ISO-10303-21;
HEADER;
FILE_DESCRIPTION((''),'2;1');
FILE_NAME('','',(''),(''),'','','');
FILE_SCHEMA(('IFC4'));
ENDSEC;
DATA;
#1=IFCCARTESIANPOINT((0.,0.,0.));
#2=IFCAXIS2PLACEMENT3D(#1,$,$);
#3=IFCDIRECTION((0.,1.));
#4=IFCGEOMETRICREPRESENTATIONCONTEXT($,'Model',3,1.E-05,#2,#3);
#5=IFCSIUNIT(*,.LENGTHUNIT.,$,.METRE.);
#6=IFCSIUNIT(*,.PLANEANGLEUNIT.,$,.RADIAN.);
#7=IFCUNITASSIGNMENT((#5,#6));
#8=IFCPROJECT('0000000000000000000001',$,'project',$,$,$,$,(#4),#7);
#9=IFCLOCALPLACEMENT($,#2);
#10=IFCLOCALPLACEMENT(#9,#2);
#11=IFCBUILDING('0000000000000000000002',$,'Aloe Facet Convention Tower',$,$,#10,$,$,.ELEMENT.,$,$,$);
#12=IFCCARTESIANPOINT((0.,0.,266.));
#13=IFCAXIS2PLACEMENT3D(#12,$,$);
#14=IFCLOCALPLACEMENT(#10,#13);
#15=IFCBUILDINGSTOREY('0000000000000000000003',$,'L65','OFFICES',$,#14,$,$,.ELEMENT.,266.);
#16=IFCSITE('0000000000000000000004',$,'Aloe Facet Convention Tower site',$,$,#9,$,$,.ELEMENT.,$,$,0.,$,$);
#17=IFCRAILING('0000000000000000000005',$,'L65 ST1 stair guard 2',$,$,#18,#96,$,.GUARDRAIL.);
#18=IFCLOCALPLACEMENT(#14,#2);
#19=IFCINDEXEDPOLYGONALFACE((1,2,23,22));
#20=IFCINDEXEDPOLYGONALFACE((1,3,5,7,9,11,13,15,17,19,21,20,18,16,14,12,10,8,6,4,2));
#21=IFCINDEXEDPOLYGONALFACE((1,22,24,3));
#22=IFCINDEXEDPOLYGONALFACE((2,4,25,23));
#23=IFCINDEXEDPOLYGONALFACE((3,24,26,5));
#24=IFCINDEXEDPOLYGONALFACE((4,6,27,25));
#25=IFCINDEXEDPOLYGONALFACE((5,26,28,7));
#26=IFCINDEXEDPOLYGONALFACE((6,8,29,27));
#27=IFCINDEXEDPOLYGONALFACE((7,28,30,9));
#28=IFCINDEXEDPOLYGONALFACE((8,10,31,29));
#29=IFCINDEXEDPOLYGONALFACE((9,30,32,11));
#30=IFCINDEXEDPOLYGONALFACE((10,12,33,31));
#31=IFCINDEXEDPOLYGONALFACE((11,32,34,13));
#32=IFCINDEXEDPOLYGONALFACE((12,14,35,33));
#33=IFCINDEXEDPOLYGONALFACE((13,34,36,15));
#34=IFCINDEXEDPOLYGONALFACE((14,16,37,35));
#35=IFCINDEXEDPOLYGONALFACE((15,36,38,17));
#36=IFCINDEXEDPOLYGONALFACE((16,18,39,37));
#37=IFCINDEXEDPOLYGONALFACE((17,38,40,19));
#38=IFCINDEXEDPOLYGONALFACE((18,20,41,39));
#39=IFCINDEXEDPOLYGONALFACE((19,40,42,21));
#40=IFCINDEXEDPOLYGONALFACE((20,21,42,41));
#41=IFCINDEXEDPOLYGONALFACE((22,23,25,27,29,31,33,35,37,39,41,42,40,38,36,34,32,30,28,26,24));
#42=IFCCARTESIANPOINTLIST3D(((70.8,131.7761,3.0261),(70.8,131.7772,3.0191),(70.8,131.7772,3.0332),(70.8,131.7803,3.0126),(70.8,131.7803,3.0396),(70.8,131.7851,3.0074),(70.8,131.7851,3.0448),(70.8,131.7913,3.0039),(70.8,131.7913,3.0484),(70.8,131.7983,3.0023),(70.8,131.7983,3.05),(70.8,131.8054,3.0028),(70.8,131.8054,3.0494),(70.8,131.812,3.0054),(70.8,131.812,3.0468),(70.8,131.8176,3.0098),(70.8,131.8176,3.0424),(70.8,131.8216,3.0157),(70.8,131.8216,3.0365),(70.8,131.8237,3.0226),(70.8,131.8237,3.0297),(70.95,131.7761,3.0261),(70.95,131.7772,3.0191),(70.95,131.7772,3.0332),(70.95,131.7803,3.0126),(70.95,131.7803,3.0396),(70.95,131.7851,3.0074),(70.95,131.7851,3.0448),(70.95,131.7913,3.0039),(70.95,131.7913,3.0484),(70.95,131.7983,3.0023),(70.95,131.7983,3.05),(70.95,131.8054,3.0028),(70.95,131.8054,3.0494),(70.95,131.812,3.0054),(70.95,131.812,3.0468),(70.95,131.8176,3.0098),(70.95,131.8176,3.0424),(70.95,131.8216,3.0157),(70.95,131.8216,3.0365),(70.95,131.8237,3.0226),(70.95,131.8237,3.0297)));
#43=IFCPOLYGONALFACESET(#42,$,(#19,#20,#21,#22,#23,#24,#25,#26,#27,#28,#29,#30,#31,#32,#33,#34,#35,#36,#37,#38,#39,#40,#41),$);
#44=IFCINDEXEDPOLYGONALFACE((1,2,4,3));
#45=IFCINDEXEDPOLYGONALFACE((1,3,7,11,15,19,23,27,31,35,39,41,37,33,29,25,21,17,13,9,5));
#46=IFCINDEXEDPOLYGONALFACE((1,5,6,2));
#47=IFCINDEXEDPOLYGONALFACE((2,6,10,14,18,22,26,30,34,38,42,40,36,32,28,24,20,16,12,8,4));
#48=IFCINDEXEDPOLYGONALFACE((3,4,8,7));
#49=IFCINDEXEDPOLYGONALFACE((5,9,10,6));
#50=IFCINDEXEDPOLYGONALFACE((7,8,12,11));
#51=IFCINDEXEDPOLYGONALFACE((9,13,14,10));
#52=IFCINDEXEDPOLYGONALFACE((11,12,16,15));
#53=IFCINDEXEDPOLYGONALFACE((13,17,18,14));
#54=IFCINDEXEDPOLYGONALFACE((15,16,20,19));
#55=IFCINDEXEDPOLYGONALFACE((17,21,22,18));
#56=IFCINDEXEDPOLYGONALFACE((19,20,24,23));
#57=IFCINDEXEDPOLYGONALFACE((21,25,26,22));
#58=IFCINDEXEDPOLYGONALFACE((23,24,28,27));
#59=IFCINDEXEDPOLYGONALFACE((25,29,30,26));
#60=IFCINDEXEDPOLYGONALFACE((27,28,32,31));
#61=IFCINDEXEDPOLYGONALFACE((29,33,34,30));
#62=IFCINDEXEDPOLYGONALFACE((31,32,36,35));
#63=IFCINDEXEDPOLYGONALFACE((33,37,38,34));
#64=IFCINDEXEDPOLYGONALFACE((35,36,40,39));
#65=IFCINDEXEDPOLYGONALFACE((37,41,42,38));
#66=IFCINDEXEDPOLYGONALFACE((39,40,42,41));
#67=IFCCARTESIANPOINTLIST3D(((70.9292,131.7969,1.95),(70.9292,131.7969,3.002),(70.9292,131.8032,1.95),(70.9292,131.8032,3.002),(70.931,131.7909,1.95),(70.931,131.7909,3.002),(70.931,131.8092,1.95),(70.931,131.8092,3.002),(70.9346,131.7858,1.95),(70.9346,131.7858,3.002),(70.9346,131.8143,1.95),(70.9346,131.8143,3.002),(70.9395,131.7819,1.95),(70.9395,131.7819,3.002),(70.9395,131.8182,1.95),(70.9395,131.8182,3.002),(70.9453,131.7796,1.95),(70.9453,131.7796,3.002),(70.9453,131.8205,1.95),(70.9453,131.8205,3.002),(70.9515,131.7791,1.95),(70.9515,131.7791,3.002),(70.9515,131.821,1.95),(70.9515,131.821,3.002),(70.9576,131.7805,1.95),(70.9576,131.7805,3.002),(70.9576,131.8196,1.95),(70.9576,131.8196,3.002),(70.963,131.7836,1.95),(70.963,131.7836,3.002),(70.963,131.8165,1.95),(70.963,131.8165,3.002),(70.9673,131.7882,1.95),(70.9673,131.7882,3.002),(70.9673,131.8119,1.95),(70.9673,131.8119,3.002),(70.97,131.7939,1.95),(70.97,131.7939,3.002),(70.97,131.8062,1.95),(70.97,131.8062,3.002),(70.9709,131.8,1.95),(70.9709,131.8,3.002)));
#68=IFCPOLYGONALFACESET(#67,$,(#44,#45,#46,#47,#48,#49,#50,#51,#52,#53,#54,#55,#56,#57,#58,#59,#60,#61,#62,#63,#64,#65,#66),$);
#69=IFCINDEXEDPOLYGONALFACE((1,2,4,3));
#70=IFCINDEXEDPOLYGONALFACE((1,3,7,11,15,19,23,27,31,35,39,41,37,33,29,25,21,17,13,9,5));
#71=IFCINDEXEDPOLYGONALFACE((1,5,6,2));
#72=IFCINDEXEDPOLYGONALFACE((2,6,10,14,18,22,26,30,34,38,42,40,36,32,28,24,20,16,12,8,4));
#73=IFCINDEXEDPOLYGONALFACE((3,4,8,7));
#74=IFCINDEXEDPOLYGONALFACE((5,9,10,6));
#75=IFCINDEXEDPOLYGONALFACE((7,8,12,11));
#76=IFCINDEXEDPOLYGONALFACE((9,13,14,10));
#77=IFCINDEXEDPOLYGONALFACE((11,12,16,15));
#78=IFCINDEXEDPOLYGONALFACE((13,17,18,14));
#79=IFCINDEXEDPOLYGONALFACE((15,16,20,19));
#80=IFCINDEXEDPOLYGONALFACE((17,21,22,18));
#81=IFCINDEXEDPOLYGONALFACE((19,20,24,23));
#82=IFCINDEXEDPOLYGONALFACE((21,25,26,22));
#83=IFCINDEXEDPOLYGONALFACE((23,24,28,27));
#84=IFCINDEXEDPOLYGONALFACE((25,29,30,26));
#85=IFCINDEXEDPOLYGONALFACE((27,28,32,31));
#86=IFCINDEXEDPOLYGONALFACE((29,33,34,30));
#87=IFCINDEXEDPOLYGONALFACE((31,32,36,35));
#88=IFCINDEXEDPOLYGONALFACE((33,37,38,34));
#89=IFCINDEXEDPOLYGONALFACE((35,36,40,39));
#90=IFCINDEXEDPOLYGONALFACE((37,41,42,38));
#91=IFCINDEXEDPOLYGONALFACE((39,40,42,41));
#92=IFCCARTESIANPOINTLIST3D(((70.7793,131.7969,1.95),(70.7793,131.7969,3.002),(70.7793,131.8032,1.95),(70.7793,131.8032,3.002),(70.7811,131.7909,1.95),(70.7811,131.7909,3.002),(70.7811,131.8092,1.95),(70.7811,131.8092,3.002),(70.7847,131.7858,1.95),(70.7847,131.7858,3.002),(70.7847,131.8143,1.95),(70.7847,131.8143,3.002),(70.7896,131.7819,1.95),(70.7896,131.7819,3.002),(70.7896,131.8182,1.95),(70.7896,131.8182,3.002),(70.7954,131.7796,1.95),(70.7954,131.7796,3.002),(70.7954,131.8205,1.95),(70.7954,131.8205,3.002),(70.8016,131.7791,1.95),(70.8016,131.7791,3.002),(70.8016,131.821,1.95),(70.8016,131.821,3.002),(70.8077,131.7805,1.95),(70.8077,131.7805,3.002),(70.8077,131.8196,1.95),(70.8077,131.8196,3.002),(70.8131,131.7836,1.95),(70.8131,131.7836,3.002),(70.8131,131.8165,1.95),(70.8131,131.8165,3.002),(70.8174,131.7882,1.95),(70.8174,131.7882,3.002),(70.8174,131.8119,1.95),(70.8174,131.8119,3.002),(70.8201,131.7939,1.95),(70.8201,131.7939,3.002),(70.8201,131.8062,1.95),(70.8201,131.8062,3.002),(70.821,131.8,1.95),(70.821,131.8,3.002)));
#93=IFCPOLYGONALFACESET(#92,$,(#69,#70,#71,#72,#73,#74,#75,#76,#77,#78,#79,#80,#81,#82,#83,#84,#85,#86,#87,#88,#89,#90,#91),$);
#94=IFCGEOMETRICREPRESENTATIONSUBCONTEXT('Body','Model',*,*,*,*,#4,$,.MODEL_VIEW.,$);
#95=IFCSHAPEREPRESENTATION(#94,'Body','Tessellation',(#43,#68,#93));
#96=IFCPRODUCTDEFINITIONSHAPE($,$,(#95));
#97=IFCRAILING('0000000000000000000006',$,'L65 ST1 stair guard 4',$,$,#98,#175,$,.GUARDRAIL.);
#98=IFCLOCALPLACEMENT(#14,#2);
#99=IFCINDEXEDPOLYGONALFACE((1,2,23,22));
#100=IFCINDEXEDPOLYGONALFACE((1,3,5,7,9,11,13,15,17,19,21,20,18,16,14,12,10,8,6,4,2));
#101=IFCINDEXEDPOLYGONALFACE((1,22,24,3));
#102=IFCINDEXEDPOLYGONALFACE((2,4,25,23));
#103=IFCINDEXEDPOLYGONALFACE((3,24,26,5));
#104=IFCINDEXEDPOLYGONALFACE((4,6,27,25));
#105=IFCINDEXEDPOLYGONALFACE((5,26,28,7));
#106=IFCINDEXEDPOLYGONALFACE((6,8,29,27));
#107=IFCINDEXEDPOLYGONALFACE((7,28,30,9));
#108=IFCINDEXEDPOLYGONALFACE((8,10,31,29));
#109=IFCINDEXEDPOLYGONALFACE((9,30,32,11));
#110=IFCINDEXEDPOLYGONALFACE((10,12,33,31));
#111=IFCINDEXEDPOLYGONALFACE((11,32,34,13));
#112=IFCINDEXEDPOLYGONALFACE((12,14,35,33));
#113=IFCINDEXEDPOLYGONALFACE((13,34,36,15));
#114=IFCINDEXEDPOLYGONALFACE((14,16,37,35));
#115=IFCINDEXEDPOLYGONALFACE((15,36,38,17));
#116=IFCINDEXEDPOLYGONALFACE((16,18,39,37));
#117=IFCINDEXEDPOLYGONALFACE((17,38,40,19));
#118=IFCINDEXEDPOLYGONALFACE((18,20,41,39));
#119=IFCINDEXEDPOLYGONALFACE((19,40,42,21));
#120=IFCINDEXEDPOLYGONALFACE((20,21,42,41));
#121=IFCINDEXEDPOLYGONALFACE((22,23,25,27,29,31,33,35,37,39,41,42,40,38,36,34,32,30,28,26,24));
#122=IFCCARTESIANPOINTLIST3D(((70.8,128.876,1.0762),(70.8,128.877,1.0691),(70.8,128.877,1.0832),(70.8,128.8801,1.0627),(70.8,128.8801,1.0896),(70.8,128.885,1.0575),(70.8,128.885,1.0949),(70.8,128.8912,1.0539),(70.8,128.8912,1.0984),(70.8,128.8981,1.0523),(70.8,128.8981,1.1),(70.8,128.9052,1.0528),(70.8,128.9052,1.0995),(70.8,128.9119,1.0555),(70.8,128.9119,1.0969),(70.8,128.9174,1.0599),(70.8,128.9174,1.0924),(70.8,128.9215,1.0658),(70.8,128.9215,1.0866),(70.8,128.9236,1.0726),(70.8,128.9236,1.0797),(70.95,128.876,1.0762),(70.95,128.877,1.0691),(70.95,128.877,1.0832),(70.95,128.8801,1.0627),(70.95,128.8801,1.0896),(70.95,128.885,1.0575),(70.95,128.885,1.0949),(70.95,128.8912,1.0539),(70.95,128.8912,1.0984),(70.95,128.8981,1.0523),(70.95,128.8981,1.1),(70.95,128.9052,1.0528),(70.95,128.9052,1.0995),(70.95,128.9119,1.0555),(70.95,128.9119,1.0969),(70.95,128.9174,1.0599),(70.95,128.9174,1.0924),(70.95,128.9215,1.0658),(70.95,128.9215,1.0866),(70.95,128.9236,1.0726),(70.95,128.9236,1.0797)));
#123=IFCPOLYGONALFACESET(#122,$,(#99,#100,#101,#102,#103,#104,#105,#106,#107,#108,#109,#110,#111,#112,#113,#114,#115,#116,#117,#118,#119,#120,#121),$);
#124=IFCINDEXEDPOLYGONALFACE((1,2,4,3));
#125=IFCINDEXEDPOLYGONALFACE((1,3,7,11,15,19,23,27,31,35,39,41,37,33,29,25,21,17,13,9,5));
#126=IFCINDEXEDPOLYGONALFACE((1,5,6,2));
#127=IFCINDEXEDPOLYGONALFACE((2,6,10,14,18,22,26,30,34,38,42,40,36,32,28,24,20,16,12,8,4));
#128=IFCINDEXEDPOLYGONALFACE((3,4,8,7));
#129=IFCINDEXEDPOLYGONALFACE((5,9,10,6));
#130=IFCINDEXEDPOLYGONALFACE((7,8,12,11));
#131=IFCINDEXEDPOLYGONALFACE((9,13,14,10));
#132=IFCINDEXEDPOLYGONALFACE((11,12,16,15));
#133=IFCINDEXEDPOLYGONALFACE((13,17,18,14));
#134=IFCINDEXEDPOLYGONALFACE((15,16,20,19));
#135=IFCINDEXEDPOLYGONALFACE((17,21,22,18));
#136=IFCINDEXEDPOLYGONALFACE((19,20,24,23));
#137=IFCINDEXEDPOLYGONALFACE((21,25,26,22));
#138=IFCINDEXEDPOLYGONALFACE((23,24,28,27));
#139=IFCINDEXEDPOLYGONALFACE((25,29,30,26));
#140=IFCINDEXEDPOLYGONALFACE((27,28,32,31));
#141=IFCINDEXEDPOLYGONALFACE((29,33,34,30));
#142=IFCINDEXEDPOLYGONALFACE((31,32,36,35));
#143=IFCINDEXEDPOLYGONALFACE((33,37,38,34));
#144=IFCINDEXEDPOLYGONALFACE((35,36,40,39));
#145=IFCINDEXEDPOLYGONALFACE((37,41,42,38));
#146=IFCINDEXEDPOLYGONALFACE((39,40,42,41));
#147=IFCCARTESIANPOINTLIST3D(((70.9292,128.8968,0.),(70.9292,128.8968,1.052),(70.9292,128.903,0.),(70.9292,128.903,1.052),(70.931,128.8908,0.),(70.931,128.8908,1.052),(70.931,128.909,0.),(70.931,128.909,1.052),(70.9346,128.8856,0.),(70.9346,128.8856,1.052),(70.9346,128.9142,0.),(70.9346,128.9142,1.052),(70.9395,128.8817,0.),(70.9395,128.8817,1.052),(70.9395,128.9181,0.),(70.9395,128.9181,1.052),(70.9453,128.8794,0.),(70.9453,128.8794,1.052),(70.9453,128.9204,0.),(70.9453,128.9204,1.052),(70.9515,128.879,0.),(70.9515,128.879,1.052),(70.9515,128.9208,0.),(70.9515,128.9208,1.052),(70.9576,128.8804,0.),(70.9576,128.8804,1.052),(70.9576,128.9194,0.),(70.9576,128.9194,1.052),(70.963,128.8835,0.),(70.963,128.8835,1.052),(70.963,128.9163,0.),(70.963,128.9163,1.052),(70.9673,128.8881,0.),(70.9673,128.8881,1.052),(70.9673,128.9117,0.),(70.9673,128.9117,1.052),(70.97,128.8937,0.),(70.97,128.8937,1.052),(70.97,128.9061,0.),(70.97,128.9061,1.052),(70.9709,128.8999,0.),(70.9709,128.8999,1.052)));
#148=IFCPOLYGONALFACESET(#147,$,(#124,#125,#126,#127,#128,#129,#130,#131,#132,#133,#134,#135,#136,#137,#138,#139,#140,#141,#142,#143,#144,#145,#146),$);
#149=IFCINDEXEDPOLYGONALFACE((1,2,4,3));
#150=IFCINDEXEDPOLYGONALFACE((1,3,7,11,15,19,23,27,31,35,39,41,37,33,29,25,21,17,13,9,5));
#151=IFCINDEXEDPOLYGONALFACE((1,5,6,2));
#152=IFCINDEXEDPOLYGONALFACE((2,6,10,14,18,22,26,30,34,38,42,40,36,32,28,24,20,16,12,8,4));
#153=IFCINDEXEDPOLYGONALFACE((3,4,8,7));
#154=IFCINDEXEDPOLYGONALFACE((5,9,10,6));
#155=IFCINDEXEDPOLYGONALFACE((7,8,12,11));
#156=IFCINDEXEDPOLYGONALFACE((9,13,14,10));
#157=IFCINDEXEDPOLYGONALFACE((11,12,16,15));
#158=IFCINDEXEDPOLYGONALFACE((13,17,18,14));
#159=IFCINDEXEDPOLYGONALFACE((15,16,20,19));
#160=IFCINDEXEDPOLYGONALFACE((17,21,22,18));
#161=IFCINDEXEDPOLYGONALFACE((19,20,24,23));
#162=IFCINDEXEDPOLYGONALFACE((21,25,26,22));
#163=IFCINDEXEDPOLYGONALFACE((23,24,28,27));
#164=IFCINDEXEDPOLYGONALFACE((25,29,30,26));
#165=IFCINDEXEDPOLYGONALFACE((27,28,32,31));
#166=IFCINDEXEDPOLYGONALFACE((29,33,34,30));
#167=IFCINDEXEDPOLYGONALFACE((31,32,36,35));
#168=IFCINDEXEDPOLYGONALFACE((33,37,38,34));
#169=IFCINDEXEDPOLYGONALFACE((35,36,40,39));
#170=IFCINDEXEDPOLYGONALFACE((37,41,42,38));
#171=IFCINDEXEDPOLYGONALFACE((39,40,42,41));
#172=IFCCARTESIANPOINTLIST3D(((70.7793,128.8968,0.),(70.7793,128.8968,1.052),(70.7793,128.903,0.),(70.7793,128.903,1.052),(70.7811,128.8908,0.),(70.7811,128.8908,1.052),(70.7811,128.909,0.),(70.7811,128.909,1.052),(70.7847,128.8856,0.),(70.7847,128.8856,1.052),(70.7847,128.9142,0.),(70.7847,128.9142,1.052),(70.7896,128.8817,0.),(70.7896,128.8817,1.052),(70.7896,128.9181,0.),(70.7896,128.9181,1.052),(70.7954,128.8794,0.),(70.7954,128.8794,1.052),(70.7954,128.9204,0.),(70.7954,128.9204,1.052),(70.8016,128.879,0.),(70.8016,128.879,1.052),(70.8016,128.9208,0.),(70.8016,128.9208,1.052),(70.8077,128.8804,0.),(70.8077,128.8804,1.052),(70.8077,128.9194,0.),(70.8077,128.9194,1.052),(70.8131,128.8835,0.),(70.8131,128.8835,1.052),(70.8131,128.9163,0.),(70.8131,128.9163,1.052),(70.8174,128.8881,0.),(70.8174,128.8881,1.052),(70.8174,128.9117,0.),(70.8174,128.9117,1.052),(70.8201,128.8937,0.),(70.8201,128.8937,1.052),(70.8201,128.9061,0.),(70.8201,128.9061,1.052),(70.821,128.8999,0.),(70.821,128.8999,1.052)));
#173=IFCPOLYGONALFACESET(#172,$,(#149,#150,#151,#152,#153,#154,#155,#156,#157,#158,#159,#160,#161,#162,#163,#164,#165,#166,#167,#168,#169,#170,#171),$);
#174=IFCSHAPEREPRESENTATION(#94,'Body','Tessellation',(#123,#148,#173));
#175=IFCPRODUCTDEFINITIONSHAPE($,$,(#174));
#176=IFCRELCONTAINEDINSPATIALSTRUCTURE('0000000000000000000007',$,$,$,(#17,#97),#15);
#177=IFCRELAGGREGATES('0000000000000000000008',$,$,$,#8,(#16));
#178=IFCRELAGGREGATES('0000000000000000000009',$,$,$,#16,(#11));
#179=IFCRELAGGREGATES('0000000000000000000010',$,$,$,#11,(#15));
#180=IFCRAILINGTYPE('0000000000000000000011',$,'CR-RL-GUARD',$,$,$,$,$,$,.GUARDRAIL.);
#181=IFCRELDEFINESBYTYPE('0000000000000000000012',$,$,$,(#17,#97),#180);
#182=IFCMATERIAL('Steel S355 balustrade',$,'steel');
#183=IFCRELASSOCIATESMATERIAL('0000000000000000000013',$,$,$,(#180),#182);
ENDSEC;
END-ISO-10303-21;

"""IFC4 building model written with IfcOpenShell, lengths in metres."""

from ifc_helpers import new_model, si_unit, direction, frame, origin, origin_2d, place, context, subcontext, project, spatial, circle, extrude, material, type_object, element, save


model = new_model("IFC4")

# Units and contexts
model_context = context("Model", 3, precision=1e-05, world=origin(), true_north=direction((0.0, 1.0)))
body_context = subcontext(model_context, "Body", "Model", "MODEL_VIEW")
ifc_project = project(units=[si_unit("LENGTHUNIT", "METRE"), si_unit("PLANEANGLEUNIT", "RADIAN")], contexts=[model_context])

# Site, building, storey
site_placement = place(None, origin())
site = spatial("IfcSite", under=ifc_project, at=site_placement, Name="Aloe Facet Convention Tower site", CompositionType="ELEMENT", RefElevation=0.0)
building_placement = place(site_placement, origin())
building = spatial("IfcBuilding", under=site, at=building_placement, Name="Aloe Facet Convention Tower", CompositionType="ELEMENT")
storey_placement = place(building_placement, frame((0.0, 0.0, 266.0)))
storey = spatial("IfcBuildingStorey", under=building, at=storey_placement, Name="L65", Description="OFFICES", CompositionType="ELEMENT", Elevation=266.0)

# Railings
ifc_material_1 = material(Name="Steel S355 balustrade", Category="steel")
railing_type_1 = type_object("IfcRailingType", Name="CR-RL-GUARD", PredefinedType="GUARDRAIL", material=ifc_material_1)
for number, where, name in (
    (1, (70.95, 131.8, 1.95), "L65 ST1 stair guard 2"),
    (2, (70.95, 128.8999, 0.0), "L65 ST1 stair guard 4"),
):
    element("IfcRailing", number, at=place(storey_placement, frame(where)), inside=storey, type_object=railing_type_1, Name=name, PredefinedType="GUARDRAIL", context=body_context, shape_type="SweptSolid", body=[
        extrude(circle(Radius=0.0239, at=origin_2d()), frame((0.0, 0.0, 1.0762), z_axis=(-1.0, 0.0, 0.0), x_axis=(0.0, -1.0, 0.0)), (0.0, 0.0, 1.0), 0.1499),
        extrude(circle(Radius=0.021, at=origin_2d()), origin(), (0.0, 0.0, 1.0), 1.052),
        extrude(circle(Radius=0.021, at=origin_2d()), frame((-0.1499, 0.0, 0.0)), (0.0, 0.0, 1.0), 1.052),
    ])

save(model, "model.ifc")
